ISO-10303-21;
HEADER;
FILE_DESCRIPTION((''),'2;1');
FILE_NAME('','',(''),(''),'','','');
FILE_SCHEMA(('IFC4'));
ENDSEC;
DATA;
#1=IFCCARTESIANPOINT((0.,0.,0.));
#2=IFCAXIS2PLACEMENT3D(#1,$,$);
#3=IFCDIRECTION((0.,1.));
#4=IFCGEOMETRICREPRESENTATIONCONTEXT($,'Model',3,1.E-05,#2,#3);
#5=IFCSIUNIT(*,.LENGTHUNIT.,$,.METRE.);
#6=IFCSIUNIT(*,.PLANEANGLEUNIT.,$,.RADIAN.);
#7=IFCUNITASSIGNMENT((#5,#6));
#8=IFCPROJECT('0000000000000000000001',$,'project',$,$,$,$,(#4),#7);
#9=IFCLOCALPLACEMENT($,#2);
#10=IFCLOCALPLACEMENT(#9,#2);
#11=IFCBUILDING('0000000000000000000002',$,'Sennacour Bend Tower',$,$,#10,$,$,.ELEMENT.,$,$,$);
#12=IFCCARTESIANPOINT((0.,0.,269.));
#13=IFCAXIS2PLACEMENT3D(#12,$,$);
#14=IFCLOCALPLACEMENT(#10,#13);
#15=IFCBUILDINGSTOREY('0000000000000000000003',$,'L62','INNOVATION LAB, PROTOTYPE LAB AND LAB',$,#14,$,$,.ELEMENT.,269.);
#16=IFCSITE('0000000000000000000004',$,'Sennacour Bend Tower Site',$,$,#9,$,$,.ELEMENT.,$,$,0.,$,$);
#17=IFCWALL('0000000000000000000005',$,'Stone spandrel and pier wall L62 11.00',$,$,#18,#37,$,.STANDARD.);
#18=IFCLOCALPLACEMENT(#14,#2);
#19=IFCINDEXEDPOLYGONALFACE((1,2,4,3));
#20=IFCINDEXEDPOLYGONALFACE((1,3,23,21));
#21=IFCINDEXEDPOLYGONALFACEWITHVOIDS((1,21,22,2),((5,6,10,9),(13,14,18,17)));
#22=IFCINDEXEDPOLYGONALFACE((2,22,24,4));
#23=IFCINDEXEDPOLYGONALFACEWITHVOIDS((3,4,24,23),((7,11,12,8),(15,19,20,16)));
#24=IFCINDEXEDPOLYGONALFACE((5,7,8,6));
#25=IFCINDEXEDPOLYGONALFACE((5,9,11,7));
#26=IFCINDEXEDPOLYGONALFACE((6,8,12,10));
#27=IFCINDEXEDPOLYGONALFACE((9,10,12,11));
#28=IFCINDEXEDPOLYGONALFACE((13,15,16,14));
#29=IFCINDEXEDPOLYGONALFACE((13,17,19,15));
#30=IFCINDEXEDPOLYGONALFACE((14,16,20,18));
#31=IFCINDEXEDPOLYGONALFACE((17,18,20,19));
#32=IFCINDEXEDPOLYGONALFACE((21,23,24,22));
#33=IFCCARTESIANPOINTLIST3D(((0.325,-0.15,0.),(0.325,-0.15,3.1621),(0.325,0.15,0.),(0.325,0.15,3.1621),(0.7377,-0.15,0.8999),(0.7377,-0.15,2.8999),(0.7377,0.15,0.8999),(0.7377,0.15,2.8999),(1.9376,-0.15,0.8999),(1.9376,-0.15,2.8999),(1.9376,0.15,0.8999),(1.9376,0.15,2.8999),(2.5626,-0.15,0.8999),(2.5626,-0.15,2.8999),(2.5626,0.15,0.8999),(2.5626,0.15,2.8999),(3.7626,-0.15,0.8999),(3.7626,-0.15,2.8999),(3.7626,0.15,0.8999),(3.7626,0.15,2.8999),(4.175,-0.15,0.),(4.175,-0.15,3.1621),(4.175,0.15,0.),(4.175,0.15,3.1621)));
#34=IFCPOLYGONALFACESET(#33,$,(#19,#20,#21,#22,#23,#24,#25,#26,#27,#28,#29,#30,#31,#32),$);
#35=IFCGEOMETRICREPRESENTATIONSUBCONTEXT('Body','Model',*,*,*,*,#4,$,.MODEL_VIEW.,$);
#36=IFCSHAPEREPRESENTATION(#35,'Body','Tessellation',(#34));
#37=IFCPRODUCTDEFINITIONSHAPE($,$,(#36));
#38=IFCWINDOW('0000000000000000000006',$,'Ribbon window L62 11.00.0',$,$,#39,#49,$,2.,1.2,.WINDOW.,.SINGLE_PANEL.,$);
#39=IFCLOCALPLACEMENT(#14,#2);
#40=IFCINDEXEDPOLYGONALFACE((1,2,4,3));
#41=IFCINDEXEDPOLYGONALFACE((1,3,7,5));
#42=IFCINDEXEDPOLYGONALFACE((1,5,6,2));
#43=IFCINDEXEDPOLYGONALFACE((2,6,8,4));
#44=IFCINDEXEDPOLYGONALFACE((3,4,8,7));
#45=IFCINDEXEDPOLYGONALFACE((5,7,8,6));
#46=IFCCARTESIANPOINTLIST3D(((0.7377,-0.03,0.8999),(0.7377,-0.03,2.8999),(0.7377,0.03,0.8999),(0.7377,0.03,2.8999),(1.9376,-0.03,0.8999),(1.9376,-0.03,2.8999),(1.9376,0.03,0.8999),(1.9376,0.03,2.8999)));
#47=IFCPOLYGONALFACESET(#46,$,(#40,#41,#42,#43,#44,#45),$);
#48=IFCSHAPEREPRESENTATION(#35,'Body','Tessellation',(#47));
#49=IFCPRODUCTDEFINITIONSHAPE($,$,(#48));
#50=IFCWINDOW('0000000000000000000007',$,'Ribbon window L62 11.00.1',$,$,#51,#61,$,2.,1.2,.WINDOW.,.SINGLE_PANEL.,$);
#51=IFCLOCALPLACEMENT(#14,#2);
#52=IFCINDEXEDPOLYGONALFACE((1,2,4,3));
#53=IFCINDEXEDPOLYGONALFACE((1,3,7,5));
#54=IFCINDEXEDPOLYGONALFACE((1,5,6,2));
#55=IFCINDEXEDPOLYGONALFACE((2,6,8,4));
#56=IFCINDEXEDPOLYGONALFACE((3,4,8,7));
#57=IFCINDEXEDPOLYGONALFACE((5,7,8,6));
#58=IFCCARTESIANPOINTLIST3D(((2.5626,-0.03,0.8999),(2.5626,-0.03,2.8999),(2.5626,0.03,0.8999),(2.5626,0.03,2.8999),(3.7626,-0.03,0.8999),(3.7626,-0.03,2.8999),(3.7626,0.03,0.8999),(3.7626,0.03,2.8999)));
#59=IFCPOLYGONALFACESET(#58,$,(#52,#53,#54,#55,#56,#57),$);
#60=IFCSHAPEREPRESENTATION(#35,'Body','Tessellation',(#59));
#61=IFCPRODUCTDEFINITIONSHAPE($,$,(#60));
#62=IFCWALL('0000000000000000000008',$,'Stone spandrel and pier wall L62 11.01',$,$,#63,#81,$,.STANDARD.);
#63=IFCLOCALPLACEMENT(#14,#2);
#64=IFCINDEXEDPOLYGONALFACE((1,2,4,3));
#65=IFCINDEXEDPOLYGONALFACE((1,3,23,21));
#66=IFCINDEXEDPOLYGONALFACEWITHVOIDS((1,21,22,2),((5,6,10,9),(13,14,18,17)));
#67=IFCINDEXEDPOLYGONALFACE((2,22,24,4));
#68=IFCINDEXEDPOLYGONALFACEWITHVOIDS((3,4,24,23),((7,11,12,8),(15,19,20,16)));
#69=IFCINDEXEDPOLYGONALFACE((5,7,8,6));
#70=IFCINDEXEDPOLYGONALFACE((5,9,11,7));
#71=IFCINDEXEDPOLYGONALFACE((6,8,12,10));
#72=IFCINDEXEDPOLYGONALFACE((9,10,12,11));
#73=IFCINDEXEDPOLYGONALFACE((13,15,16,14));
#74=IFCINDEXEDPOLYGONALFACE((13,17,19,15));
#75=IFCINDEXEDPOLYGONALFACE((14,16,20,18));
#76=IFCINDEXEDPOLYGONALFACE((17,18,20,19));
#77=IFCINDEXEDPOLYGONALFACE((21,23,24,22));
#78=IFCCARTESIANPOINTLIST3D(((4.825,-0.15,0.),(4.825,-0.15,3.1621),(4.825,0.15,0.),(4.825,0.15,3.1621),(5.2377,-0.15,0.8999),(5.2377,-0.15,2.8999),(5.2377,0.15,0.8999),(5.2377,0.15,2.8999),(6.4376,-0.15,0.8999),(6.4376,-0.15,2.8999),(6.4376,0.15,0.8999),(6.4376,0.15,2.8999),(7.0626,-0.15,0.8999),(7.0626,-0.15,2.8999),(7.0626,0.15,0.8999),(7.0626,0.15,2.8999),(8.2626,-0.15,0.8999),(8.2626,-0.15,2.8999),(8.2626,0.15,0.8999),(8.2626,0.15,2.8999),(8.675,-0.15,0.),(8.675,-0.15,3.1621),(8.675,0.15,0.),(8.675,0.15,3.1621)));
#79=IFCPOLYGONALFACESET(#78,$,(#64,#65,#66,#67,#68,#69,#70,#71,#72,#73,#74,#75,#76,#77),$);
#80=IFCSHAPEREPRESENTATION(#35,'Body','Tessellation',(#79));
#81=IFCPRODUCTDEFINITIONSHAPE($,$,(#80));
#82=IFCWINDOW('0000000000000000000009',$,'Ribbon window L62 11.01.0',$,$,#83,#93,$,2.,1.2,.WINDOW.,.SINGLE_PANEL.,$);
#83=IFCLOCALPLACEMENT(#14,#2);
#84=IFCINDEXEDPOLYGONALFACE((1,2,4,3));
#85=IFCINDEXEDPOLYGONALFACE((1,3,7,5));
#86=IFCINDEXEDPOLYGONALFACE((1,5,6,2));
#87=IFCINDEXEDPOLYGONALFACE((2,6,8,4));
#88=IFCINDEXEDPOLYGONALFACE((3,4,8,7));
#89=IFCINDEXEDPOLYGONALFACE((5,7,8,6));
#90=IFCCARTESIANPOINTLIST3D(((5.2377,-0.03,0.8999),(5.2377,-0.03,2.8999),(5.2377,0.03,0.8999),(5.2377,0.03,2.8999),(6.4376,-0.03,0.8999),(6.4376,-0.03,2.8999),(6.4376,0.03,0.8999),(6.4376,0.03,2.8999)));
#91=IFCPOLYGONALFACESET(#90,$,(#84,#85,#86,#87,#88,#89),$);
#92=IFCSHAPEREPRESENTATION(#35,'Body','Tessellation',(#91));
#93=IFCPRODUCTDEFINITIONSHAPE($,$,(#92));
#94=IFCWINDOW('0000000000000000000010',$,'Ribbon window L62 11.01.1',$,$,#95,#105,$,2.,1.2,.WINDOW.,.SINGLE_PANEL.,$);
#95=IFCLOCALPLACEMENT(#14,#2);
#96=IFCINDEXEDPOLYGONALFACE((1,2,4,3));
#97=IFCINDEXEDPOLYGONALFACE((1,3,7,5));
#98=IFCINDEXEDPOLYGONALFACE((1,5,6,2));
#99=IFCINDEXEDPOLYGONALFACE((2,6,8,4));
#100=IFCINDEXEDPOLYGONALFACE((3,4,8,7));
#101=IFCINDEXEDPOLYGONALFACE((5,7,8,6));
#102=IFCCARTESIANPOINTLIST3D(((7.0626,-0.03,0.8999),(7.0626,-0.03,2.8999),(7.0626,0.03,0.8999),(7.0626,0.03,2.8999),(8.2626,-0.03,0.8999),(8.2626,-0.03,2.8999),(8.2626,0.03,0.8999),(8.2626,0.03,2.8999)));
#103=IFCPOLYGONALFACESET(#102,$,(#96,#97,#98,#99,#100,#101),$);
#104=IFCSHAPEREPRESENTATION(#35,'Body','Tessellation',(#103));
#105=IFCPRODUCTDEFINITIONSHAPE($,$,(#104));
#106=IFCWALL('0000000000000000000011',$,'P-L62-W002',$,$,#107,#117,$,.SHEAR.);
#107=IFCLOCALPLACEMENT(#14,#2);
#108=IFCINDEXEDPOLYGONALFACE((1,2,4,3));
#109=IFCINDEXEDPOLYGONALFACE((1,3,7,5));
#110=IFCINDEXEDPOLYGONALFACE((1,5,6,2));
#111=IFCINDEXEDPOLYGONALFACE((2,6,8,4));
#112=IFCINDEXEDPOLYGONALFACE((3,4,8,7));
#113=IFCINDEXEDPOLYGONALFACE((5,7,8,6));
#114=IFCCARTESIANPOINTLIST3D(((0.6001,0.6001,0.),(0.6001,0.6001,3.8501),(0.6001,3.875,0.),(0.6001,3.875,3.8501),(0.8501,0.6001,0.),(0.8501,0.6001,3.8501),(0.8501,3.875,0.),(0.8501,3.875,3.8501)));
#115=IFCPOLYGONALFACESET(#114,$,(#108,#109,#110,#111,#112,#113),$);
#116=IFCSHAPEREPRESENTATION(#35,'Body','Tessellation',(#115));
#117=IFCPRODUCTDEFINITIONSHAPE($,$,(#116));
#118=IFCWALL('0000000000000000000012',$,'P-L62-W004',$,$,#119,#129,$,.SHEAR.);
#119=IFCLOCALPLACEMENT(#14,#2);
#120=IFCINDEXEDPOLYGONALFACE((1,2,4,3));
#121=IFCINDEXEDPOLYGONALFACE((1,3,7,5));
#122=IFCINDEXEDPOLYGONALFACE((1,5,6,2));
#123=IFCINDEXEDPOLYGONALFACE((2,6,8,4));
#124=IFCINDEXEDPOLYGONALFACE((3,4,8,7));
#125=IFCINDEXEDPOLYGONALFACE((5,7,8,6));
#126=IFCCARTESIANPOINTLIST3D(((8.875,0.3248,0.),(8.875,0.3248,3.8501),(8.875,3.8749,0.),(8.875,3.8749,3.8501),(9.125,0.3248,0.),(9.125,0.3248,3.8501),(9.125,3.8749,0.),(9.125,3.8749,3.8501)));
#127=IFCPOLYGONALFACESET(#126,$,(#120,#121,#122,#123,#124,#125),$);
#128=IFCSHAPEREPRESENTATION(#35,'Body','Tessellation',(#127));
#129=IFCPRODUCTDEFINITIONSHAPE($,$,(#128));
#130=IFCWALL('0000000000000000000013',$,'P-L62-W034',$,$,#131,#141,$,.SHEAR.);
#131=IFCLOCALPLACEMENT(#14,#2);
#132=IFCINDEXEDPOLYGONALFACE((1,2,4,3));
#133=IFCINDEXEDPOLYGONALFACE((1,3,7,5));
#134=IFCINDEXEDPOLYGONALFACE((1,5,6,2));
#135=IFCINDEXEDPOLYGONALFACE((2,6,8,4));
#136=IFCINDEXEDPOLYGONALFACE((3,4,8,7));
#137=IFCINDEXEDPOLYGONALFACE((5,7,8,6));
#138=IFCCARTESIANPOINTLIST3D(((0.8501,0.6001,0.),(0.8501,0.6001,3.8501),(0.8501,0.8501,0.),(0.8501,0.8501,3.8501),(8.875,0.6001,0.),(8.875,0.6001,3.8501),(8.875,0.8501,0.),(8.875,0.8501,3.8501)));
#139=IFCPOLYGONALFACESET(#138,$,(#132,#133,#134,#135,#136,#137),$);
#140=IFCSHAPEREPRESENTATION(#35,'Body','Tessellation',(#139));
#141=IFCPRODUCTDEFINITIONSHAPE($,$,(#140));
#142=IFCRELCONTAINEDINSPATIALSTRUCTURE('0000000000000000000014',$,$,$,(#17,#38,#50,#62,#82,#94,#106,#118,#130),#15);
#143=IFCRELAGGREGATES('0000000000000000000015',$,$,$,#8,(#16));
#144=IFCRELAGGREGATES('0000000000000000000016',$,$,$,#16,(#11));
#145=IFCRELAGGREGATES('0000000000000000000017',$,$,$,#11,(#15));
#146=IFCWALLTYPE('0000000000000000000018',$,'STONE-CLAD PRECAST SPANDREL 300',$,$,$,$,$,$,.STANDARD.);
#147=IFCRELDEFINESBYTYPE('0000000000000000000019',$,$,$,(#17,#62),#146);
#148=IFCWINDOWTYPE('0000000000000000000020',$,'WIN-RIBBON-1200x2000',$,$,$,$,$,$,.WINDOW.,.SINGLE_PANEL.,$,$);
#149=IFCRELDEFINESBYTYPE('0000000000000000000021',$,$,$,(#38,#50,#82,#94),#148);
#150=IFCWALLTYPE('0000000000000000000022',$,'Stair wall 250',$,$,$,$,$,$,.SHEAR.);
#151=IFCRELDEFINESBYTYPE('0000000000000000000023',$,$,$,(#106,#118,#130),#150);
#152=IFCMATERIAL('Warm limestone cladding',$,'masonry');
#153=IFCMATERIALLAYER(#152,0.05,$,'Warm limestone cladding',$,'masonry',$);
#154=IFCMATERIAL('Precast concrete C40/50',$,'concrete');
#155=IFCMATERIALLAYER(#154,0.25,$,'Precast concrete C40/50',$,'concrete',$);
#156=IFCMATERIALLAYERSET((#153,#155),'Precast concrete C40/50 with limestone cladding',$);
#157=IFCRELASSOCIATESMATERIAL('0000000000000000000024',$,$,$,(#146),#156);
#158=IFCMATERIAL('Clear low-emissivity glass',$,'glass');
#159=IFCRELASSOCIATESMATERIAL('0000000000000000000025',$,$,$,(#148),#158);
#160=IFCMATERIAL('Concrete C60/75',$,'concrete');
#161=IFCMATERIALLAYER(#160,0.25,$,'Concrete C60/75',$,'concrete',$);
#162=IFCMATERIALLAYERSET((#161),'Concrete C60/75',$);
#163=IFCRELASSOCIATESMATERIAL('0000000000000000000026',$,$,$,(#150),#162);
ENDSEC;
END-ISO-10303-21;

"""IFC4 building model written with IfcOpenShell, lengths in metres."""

from ifc_helpers import new_model, si_unit, direction, frame, frame_2d, origin, place, context, subcontext, project, spatial, rectangle, extrude, material, layer, layer_set, type_object, element, fill, save


model = new_model("IFC4")

# Units and contexts
model_context = context("Model", 3, precision=1e-05, world=origin(), true_north=direction((0.0, 1.0)))
body_context = subcontext(model_context, "Body", "Model", "MODEL_VIEW")
ifc_project = project(units=[si_unit("LENGTHUNIT", "METRE"), si_unit("PLANEANGLEUNIT", "RADIAN")], contexts=[model_context])

# Site, building, storey
site_placement = place(None, origin())
site = spatial("IfcSite", under=ifc_project, at=site_placement, Name="Sennacour Bend Tower Site", CompositionType="ELEMENT", RefElevation=0.0)
building_placement = place(site_placement, origin())
building = spatial("IfcBuilding", under=site, at=building_placement, Name="Sennacour Bend Tower", CompositionType="ELEMENT")
storey_placement = place(building_placement, frame((0.0, 0.0, 269.0)))
storey = spatial("IfcBuildingStorey", under=building, at=storey_placement, Name="L62", Description="INNOVATION LAB, PROTOTYPE LAB AND LAB", CompositionType="ELEMENT", Elevation=269.0)

# Walls, openings, windows
ifc_material_1 = material(Name="Warm limestone cladding", Category="masonry")
ifc_layer_1 = layer(ifc_material_1, 0.05, Name="Warm limestone cladding", Category="masonry")
ifc_material_2 = material(Name="Precast concrete C40/50", Category="concrete")
ifc_layer_2 = layer(ifc_material_2, 0.25, Name="Precast concrete C40/50", Category="concrete")
ifc_layer_set_1 = layer_set([ifc_layer_1, ifc_layer_2], Name="Precast concrete C40/50 with limestone cladding")
wall_type_1 = type_object("IfcWallType", Name="STONE-CLAD PRECAST SPANDREL 300", PredefinedType="STANDARD", material=ifc_layer_set_1)
wall_1_placement = place(storey_placement, frame((0.325, 0.0, 0.0), z_axis=(0.0, 0.0, 1.0), x_axis=(1.0, 0.0, 0.0)))
wall_1 = element("IfcWall", 1, at=wall_1_placement, inside=storey, type_object=wall_type_1, Name="Stone spandrel and pier wall L62 11.00", PredefinedType="STANDARD", context=body_context, shape_type="SweptSolid", body=[
    extrude(rectangle(XDim=3.8501, YDim=0.3, at=frame_2d((1.925, 0.0))), origin(), (0.0, 0.0, 1.0), 3.1621),
])
opening_1_placement = place(wall_1_placement, frame((0.4126, 0.0, 0.8999)))
opening_1 = element("IfcOpeningElement", 2, at=opening_1_placement, cuts=wall_1, PredefinedType="OPENING", context=body_context, shape_type="SweptSolid", body=[
    extrude(rectangle(XDim=1.2, YDim=2.0, at=frame_2d((0.6001, 1.0))), frame((0.0, 0.1602, 0.0), z_axis=(0.0, -1.0, 0.0), x_axis=(1.0, 0.0, 0.0)), (0.0, 0.0, 1.0), 0.3201),
])
opening_2_placement = place(wall_1_placement, frame((2.2375, 0.0, 0.8999)))
opening_2 = element("IfcOpeningElement", 3, at=opening_2_placement, cuts=wall_1, PredefinedType="OPENING", context=body_context, shape_type="SweptSolid", body=[
    extrude(rectangle(XDim=1.2, YDim=2.0, at=frame_2d((0.6001, 1.0))), frame((0.0, 0.1602, 0.0), z_axis=(0.0, -1.0, 0.0), x_axis=(1.0, 0.0, 0.0)), (0.0, 0.0, 1.0), 0.3201),
])
ifc_material_3 = material(Name="Clear low-emissivity glass", Category="glass")
window_type = type_object("IfcWindowType", Name="WIN-RIBBON-1200x2000", PartitioningType="SINGLE_PANEL", PredefinedType="WINDOW", material=ifc_material_3)
window_1_placement = place(opening_1_placement, origin())
window_1 = element("IfcWindow", 4, at=window_1_placement, inside=storey, type_object=window_type, Name="Ribbon window L62 11.00.0", OverallHeight=2.0, OverallWidth=1.2, PartitioningType="SINGLE_PANEL", PredefinedType="WINDOW", context=body_context, shape_type="SweptSolid", body=[
    extrude(rectangle(XDim=1.2, YDim=2.0, at=frame_2d((0.6001, 1.0))), frame((0.0, 0.03, 0.0), z_axis=(0.0, -1.0, 0.0), x_axis=(1.0, 0.0, 0.0)), (0.0, 0.0, 1.0), 0.0601),
])
fill(opening_1, window_1)
window_2_placement = place(opening_2_placement, origin())
window_2 = element("IfcWindow", 5, at=window_2_placement, inside=storey, type_object=window_type, Name="Ribbon window L62 11.00.1", OverallHeight=2.0, OverallWidth=1.2, PartitioningType="SINGLE_PANEL", PredefinedType="WINDOW", context=body_context, shape_type="SweptSolid", body=[
    extrude(rectangle(XDim=1.2, YDim=2.0, at=frame_2d((0.6001, 1.0))), frame((0.0, 0.03, 0.0), z_axis=(0.0, -1.0, 0.0), x_axis=(1.0, 0.0, 0.0)), (0.0, 0.0, 1.0), 0.0601),
])
fill(opening_2, window_2)
wall_2_placement = place(storey_placement, frame((4.825, 0.0, 0.0), z_axis=(0.0, 0.0, 1.0), x_axis=(1.0, 0.0, 0.0)))
wall_2 = element("IfcWall", 6, at=wall_2_placement, inside=storey, type_object=wall_type_1, Name="Stone spandrel and pier wall L62 11.01", PredefinedType="STANDARD", context=body_context, shape_type="SweptSolid", body=[
    extrude(rectangle(XDim=3.8501, YDim=0.3, at=frame_2d((1.925, 0.0))), origin(), (0.0, 0.0, 1.0), 3.1621),
])
opening_3_placement = place(wall_2_placement, frame((0.4126, 0.0, 0.8999)))
opening_3 = element("IfcOpeningElement", 7, at=opening_3_placement, cuts=wall_2, PredefinedType="OPENING", context=body_context, shape_type="SweptSolid", body=[
    extrude(rectangle(XDim=1.2, YDim=2.0, at=frame_2d((0.6001, 1.0))), frame((0.0, 0.1602, 0.0), z_axis=(0.0, -1.0, 0.0), x_axis=(1.0, 0.0, 0.0)), (0.0, 0.0, 1.0), 0.3201),
])
opening_4_placement = place(wall_2_placement, frame((2.2375, 0.0, 0.8999)))
opening_4 = element("IfcOpeningElement", 8, at=opening_4_placement, cuts=wall_2, PredefinedType="OPENING", context=body_context, shape_type="SweptSolid", body=[
    extrude(rectangle(XDim=1.2, YDim=2.0, at=frame_2d((0.6001, 1.0))), frame((0.0, 0.1602, 0.0), z_axis=(0.0, -1.0, 0.0), x_axis=(1.0, 0.0, 0.0)), (0.0, 0.0, 1.0), 0.3201),
])
window_3_placement = place(opening_3_placement, origin())
window_3 = element("IfcWindow", 9, at=window_3_placement, inside=storey, type_object=window_type, Name="Ribbon window L62 11.01.0", OverallHeight=2.0, OverallWidth=1.2, PartitioningType="SINGLE_PANEL", PredefinedType="WINDOW", context=body_context, shape_type="SweptSolid", body=[
    extrude(rectangle(XDim=1.2, YDim=2.0, at=frame_2d((0.6001, 1.0))), frame((0.0, 0.03, 0.0), z_axis=(0.0, -1.0, 0.0), x_axis=(1.0, 0.0, 0.0)), (0.0, 0.0, 1.0), 0.0601),
])
fill(opening_3, window_3)
window_4_placement = place(opening_4_placement, origin())
window_4 = element("IfcWindow", 10, at=window_4_placement, inside=storey, type_object=window_type, Name="Ribbon window L62 11.01.1", OverallHeight=2.0, OverallWidth=1.2, PartitioningType="SINGLE_PANEL", PredefinedType="WINDOW", context=body_context, shape_type="SweptSolid", body=[
    extrude(rectangle(XDim=1.2, YDim=2.0, at=frame_2d((0.6001, 1.0))), frame((0.0, 0.03, 0.0), z_axis=(0.0, -1.0, 0.0), x_axis=(1.0, 0.0, 0.0)), (0.0, 0.0, 1.0), 0.0601),
])
fill(opening_4, window_4)

# Walls
ifc_material_4 = material(Name="Concrete C60/75", Category="concrete")
ifc_layer_3 = layer(ifc_material_4, 0.25, Name="Concrete C60/75", Category="concrete")
ifc_layer_set_2 = layer_set([ifc_layer_3], Name="Concrete C60/75")
wall_type_2 = type_object("IfcWallType", Name="Stair wall 250", PredefinedType="SHEAR", material=ifc_layer_set_2)
wall_3_placement = place(storey_placement, frame((0.7251, 0.6001, 0.0), z_axis=(0.0, 0.0, 1.0), x_axis=(0.0, 1.0, 0.0)))
element("IfcWall", 11, at=wall_3_placement, inside=storey, type_object=wall_type_2, Name="P-L62-W002", PredefinedType="SHEAR", context=body_context, shape_type="SweptSolid", body=[
    extrude(rectangle(XDim=3.2749, YDim=0.25, at=frame_2d((1.6375, 0.0))), origin(), (0.0, 0.0, 1.0), 3.8501),
])
wall_4_placement = place(storey_placement, frame((9.0, 0.325, 0.0), z_axis=(0.0, 0.0, 1.0), x_axis=(0.0, 1.0, 0.0)))
element("IfcWall", 12, at=wall_4_placement, inside=storey, type_object=wall_type_2, Name="P-L62-W004", PredefinedType="SHEAR", context=body_context, shape_type="SweptSolid", body=[
    extrude(rectangle(XDim=3.55, YDim=0.25, at=frame_2d((1.7749, 0.0))), origin(), (0.0, 0.0, 1.0), 3.8501),
])
wall_5_placement = place(storey_placement, frame((0.8501, 0.7251, 0.0), z_axis=(0.0, 0.0, 1.0), x_axis=(1.0, 0.0, 0.0)))
element("IfcWall", 13, at=wall_5_placement, inside=storey, type_object=wall_type_2, Name="P-L62-W034", PredefinedType="SHEAR", context=body_context, shape_type="SweptSolid", body=[
    extrude(rectangle(XDim=8.0249, YDim=0.25, at=frame_2d((4.0125, 0.0))), origin(), (0.0, 0.0, 1.0), 3.8501),
])

save(model, "model.ifc")
